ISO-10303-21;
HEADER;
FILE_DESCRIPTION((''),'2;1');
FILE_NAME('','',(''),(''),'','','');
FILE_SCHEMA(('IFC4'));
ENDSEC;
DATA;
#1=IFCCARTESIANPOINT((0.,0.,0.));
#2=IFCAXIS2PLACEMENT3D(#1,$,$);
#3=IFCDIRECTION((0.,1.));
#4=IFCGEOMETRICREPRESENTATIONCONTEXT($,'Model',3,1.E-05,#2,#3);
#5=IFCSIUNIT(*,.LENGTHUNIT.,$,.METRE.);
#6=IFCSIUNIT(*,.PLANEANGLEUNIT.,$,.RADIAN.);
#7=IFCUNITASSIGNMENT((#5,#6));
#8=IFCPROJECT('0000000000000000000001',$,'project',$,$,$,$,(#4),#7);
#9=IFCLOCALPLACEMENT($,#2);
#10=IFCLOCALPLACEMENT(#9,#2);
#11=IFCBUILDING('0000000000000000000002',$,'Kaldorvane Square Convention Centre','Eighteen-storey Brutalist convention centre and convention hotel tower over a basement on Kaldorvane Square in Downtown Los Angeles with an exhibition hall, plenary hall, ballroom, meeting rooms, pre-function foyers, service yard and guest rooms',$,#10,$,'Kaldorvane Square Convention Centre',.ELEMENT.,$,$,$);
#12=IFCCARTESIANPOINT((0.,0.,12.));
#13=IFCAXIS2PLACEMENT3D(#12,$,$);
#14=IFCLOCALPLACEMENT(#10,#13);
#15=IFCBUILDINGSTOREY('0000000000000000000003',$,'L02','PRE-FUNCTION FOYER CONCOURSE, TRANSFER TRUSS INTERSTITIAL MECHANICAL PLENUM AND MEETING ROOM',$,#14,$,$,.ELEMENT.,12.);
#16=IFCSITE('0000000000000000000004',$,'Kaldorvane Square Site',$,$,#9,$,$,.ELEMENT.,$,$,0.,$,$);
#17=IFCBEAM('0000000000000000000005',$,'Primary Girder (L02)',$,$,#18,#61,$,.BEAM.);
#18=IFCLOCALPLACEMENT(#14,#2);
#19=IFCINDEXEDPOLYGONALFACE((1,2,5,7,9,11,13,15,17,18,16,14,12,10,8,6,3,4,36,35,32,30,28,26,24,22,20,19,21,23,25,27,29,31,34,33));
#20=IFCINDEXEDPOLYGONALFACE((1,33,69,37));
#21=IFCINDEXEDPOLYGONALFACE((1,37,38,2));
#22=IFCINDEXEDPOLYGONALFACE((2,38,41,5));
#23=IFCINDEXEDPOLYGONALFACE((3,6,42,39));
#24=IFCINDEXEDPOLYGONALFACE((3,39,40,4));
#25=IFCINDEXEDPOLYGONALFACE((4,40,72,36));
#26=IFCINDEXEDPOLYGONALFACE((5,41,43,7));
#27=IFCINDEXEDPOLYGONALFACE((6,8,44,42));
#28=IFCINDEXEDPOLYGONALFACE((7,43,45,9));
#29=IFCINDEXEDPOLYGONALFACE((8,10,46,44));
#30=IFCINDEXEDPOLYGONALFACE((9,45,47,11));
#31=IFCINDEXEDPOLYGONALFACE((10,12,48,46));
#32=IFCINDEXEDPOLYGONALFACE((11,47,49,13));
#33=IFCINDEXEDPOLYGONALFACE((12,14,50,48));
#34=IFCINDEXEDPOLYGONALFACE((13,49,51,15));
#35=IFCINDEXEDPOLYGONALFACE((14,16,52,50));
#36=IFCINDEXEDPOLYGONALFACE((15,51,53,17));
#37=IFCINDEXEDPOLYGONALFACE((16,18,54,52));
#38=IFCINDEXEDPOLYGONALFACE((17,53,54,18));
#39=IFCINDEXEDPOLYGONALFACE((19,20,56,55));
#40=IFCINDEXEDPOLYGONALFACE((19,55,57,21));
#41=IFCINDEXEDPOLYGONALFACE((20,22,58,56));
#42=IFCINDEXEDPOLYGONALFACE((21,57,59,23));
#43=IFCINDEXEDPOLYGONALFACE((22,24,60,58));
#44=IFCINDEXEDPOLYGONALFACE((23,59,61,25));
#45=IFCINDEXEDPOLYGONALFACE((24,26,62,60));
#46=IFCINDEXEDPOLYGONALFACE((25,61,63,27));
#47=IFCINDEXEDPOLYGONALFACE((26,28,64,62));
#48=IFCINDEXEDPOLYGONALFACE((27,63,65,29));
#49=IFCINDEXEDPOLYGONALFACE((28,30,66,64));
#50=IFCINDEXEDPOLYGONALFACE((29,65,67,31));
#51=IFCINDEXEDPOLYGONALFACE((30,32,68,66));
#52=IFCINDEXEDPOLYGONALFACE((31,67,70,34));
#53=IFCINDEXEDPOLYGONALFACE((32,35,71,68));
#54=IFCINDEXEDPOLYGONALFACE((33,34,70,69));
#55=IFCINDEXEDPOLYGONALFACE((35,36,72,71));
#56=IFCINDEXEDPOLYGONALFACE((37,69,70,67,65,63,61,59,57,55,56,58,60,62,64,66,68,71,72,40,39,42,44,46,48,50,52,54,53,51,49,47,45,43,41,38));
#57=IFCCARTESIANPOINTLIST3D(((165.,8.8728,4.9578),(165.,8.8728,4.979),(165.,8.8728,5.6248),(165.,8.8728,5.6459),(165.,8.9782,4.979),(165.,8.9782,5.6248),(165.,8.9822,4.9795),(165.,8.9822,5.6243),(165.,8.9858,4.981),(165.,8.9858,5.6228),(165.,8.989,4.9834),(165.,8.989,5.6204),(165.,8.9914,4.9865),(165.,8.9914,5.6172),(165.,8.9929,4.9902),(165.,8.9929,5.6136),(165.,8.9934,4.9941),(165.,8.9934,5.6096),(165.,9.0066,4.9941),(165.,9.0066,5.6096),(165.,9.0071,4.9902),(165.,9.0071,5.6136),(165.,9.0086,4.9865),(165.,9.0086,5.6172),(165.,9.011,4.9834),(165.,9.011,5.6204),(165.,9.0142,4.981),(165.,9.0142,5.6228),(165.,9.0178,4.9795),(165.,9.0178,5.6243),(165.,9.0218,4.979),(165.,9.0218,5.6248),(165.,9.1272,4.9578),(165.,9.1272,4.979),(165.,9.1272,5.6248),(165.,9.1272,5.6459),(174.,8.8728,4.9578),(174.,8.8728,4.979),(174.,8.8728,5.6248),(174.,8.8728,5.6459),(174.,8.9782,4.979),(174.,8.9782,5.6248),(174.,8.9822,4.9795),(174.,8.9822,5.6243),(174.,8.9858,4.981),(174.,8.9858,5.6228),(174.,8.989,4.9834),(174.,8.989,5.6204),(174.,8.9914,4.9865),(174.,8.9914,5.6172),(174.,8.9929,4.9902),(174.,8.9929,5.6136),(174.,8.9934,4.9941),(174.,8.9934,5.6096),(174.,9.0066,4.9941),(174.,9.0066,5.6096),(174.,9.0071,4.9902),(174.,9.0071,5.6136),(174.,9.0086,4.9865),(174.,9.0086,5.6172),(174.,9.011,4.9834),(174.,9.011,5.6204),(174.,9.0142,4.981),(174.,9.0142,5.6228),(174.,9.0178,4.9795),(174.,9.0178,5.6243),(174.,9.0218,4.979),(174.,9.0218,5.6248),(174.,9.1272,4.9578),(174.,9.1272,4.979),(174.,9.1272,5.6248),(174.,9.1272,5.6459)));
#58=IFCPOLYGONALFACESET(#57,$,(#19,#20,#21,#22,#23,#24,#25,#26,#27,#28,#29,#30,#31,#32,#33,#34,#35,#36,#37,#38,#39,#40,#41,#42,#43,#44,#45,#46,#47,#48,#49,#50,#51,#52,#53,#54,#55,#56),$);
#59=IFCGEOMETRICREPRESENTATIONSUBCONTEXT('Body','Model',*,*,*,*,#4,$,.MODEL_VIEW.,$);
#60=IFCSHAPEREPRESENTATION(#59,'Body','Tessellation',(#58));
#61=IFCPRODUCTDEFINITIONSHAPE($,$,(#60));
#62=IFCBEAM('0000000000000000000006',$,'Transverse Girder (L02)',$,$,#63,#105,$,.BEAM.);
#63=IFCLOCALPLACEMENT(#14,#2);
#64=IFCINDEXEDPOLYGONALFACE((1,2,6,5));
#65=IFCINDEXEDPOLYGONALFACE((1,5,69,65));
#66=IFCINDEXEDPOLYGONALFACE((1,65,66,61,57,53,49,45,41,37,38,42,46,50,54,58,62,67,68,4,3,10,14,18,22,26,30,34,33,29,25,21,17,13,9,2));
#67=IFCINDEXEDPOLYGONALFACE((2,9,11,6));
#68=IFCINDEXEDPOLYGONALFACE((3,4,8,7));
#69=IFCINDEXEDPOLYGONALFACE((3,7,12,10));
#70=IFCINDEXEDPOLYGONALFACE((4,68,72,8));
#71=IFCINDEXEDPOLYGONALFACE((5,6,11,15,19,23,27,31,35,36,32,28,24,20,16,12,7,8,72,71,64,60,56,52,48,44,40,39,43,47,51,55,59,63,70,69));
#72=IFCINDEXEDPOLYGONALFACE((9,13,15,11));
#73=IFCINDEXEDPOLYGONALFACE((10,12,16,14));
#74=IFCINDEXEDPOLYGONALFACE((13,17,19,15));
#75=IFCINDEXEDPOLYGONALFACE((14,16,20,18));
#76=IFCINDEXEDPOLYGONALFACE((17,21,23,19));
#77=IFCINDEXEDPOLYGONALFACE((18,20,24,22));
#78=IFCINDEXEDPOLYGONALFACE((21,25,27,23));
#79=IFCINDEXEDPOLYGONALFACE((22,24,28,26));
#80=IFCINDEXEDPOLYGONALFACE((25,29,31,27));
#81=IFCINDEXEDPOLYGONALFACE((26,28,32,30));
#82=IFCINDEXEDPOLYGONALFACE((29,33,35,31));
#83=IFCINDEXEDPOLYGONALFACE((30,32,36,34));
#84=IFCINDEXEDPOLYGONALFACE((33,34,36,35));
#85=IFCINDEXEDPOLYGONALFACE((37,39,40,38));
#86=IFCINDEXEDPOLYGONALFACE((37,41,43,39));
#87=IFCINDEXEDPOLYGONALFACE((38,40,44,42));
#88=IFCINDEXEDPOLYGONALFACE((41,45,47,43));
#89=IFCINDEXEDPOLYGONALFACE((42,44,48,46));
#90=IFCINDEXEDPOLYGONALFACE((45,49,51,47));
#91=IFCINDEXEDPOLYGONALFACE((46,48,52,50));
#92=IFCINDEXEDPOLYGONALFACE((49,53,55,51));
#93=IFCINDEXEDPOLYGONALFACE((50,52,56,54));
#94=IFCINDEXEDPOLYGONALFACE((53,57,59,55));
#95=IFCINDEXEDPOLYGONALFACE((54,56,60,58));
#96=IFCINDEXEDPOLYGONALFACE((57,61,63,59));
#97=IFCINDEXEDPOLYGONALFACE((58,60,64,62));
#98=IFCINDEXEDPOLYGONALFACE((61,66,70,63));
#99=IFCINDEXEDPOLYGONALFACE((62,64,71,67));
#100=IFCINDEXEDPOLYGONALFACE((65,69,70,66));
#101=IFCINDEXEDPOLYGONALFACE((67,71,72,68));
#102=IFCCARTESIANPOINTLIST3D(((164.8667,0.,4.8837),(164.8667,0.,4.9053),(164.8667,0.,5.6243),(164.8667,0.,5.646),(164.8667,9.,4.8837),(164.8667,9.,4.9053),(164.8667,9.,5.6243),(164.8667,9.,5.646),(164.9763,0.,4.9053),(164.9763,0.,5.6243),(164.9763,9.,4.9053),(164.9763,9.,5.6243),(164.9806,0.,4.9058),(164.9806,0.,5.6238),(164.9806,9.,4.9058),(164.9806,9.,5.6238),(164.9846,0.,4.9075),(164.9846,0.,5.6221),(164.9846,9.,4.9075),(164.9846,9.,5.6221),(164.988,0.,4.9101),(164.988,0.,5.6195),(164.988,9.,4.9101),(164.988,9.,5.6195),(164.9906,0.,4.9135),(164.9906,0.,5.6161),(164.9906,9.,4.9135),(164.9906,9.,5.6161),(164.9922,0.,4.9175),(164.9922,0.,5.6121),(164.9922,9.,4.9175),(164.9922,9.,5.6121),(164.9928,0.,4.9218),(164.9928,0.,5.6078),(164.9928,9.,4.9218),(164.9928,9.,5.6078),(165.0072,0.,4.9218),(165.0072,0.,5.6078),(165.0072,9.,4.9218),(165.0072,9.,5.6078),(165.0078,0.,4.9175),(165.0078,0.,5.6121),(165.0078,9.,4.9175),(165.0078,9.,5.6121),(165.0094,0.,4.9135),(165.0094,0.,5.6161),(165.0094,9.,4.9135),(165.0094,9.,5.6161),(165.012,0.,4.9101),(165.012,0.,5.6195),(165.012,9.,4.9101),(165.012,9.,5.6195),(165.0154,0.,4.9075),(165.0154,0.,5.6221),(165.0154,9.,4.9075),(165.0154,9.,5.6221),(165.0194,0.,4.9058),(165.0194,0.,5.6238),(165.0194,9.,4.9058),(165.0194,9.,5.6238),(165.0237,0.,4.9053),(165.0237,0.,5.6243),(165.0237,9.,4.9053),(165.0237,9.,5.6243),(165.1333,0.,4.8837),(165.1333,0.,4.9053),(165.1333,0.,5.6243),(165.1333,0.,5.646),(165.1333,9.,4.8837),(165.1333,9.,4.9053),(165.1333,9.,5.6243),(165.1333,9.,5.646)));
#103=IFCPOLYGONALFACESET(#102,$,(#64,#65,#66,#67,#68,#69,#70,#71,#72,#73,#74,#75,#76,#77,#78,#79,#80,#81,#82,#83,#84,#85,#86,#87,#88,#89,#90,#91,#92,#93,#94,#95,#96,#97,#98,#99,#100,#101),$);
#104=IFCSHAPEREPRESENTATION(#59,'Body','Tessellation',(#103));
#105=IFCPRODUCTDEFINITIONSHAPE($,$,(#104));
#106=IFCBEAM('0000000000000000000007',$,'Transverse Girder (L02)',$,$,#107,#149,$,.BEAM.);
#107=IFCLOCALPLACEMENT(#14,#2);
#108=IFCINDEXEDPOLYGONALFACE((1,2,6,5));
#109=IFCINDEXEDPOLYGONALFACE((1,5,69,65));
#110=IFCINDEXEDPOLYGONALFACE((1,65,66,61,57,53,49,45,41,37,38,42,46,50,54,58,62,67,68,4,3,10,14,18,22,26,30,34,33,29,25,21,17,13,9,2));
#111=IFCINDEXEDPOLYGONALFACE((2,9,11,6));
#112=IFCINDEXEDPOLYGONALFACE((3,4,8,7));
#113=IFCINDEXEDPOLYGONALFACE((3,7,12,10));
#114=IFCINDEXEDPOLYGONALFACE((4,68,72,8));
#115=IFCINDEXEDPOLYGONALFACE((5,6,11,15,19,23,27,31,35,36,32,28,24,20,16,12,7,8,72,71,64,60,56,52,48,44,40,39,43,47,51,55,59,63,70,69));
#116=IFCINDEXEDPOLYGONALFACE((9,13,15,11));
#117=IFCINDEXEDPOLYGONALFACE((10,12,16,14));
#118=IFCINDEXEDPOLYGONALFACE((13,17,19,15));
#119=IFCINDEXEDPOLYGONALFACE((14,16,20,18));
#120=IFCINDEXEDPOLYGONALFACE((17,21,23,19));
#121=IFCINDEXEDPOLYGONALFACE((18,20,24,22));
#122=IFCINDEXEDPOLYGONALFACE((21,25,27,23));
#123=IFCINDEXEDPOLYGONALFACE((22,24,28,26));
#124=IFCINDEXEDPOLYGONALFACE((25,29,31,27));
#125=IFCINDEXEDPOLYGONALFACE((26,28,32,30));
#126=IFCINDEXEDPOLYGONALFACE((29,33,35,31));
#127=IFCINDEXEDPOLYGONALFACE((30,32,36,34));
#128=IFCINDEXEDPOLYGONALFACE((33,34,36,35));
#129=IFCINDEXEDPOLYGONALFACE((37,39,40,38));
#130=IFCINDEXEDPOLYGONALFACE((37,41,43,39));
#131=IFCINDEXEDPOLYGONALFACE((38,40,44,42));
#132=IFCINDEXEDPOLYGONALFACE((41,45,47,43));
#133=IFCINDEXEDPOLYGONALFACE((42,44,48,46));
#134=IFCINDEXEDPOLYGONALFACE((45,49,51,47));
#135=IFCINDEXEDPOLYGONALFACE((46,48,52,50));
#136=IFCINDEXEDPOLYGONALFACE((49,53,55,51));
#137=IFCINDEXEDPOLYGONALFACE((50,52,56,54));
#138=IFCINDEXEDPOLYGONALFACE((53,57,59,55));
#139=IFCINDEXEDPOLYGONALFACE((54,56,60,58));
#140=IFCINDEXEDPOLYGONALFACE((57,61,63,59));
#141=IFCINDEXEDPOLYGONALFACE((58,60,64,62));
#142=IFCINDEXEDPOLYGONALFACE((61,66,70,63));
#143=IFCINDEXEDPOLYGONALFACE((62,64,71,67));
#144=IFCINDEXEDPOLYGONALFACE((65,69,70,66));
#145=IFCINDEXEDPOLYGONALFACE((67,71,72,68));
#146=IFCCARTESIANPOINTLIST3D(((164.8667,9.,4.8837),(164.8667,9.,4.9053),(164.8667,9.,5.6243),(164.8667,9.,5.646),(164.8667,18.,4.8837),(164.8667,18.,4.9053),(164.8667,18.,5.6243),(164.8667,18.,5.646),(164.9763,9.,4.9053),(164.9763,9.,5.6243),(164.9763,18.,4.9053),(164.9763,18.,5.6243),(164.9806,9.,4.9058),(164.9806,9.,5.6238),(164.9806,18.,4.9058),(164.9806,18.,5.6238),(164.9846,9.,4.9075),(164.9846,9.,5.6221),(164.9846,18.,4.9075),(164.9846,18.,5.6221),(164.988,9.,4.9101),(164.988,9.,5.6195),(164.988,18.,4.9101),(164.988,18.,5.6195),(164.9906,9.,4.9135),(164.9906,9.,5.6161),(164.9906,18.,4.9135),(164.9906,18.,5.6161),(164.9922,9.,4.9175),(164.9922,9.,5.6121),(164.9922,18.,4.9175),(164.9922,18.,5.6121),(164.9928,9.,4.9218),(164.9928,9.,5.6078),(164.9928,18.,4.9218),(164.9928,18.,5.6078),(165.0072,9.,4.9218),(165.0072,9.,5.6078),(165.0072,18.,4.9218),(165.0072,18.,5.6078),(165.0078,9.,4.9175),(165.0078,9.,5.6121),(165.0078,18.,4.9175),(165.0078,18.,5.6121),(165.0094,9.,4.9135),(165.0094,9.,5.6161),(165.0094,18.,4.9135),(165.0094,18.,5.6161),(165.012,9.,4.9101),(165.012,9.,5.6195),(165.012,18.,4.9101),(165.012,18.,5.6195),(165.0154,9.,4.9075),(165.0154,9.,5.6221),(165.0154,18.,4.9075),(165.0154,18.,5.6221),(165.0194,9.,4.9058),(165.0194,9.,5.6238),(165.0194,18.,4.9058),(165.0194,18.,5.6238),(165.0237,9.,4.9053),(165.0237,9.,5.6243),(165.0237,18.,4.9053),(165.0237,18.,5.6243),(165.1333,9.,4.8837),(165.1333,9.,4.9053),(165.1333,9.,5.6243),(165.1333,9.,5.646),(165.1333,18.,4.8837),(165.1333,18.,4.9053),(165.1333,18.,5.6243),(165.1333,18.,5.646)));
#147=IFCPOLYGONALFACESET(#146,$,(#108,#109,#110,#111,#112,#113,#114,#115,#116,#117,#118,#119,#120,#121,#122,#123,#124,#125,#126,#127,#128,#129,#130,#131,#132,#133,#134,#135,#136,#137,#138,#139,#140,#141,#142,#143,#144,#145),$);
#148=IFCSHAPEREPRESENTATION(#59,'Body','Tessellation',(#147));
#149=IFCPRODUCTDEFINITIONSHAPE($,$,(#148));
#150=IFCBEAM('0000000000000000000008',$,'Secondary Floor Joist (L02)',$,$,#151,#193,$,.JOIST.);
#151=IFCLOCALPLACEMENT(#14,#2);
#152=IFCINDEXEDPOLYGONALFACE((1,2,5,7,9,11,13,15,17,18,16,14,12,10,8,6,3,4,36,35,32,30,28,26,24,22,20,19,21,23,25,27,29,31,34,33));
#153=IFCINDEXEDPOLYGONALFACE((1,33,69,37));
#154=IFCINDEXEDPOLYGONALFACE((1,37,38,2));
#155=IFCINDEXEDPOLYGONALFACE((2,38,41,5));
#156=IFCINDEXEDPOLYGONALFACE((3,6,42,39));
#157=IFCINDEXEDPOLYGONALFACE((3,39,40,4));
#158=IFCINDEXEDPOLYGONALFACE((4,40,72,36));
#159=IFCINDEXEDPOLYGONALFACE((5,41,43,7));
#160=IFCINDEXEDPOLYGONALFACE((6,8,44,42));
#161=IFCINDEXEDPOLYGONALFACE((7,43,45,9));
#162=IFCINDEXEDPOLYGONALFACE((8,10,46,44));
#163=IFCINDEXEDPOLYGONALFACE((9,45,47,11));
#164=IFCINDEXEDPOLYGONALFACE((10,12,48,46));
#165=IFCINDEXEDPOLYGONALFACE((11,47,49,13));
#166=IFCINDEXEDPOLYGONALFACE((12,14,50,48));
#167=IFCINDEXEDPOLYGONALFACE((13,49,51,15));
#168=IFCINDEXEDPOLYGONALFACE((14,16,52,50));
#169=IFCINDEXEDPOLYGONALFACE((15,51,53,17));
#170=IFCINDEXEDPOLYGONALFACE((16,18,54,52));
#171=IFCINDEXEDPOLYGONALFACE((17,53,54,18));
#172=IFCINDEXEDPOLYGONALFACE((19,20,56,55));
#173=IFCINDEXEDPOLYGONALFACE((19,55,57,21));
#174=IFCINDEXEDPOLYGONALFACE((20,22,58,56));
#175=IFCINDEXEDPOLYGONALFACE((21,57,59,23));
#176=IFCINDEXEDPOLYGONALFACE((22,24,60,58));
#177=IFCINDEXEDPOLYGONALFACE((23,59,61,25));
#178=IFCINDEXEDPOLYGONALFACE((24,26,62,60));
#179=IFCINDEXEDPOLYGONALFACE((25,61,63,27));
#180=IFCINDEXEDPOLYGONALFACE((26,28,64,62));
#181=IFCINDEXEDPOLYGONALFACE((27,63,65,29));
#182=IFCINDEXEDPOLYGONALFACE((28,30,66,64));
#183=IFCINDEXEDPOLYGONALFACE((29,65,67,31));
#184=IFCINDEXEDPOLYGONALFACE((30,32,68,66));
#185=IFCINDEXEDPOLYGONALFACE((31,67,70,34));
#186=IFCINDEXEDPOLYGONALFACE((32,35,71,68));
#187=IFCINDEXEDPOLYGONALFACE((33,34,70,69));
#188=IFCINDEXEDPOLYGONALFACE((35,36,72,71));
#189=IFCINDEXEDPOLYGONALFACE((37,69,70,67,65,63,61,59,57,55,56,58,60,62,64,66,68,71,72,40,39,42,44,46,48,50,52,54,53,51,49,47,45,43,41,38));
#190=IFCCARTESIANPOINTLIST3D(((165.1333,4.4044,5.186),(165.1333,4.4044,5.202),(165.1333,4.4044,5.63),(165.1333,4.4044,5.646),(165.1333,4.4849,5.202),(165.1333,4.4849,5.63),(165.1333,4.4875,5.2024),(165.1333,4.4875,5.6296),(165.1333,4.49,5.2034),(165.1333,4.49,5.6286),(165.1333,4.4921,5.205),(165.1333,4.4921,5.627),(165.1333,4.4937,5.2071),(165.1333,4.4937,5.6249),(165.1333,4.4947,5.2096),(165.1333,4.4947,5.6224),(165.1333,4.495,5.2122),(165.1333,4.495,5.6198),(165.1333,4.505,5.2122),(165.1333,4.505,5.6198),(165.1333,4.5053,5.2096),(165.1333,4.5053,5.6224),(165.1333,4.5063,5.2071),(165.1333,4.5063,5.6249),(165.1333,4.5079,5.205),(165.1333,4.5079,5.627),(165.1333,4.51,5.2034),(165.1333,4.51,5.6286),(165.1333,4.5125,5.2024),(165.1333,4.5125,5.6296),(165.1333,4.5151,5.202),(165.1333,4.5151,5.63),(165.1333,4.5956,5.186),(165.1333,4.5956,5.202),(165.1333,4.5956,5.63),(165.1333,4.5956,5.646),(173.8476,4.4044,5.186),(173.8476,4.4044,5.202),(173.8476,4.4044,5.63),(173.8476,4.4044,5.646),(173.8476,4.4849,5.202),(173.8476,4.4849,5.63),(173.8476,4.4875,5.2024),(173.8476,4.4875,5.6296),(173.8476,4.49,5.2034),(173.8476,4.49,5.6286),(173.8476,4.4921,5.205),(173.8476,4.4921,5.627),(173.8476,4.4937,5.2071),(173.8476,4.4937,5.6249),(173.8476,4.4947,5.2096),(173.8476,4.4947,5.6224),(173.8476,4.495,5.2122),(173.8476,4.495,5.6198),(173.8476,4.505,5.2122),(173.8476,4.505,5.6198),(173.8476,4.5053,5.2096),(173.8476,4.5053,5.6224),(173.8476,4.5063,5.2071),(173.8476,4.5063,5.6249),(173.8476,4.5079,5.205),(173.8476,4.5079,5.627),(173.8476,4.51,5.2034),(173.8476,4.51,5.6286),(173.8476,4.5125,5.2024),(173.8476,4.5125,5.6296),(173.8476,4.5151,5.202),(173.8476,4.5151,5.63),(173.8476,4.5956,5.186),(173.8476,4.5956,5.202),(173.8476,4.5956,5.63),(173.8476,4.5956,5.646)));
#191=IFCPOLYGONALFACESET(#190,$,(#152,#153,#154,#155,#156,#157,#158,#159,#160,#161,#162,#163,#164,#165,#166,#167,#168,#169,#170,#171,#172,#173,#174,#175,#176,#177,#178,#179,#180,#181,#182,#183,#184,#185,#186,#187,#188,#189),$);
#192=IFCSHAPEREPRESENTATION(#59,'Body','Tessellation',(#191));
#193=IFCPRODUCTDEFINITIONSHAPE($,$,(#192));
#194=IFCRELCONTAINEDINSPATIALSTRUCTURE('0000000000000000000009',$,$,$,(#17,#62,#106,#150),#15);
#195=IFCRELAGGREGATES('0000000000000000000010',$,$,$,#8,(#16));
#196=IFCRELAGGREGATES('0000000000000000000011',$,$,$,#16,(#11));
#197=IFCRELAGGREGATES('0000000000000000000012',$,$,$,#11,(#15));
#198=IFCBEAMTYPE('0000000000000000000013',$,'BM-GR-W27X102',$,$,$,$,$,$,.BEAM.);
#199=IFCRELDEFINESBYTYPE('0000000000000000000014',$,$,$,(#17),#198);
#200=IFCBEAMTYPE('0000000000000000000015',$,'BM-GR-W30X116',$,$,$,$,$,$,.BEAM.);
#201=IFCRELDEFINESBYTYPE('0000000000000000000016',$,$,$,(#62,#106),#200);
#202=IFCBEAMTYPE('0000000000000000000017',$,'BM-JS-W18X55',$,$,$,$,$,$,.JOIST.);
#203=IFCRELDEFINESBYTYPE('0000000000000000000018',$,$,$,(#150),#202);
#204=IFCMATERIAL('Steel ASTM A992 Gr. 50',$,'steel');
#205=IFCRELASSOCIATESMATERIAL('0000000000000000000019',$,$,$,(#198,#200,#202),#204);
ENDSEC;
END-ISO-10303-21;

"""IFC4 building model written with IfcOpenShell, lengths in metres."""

from ifc_helpers import new_model, si_unit, direction, frame, origin, origin_2d, place, context, subcontext, project, spatial, i_section, extrude, material, material_profile, profile_set, type_object, element, save


model = new_model("IFC4")

# Units and contexts
model_context = context("Model", 3, precision=1e-05, world=origin(), true_north=direction((0.0, 1.0)))
body_context = subcontext(model_context, "Body", "Model", "MODEL_VIEW")
ifc_project = project(units=[si_unit("LENGTHUNIT", "METRE"), si_unit("PLANEANGLEUNIT", "RADIAN")], contexts=[model_context])

# Site, building, storey
site_placement = place(None, origin())
site = spatial("IfcSite", under=ifc_project, at=site_placement, Name="Kaldorvane Square Site", CompositionType="ELEMENT", RefElevation=0.0)
building_placement = place(site_placement, origin())
building = spatial("IfcBuilding", under=site, at=building_placement, Name="Kaldorvane Square Convention Centre", Description="Eighteen-storey Brutalist convention centre and convention hotel tower over a basement on Kaldorvane Square in Downtown Los Angeles with an exhibition hall, plenary hall, ballroom, meeting rooms, pre-function foyers, service yard and guest rooms", LongName="Kaldorvane Square Convention Centre", CompositionType="ELEMENT")
storey_placement = place(building_placement, frame((0.0, 0.0, 12.0)))
storey = spatial("IfcBuildingStorey", under=building, at=storey_placement, Name="L02", Description="PRE-FUNCTION FOYER CONCOURSE, TRANSFER TRUSS INTERSTITIAL MECHANICAL PLENUM AND MEETING ROOM", CompositionType="ELEMENT", Elevation=12.0)

# Shared definitions
ifc_material_1 = material(Name="Steel ASTM A992 Gr. 50", Category="steel")

# Beams
ifc_material_profile_1 = material_profile(ifc_material_1, i_section(OverallWidth=0.2544, OverallDepth=0.6881, WebThickness=0.0131, FlangeThickness=0.0211, FilletRadius=0.0152, at=origin_2d()), Name="W27X102")
ifc_profile_set_1 = profile_set([ifc_material_profile_1], Name="Steel ASTM A992 Gr. 50")
beam_type_1 = type_object("IfcBeamType", Name="BM-GR-W27X102", PredefinedType="BEAM", material=ifc_profile_set_1)
beam_1_placement = place(storey_placement, frame((165.0, 9.0, 5.3019), z_axis=(1.0, 0.0, 0.0), x_axis=(0.0, 1.0, 0.0)))
element("IfcBeam", 1, at=beam_1_placement, inside=storey, type_object=beam_type_1, Name="Primary Girder (L02)", PredefinedType="BEAM", context=body_context, shape_type="SweptSolid", body=[
    extrude(i_section(OverallWidth=0.2544, OverallDepth=0.6881, WebThickness=0.0131, FlangeThickness=0.0211, FilletRadius=0.0152, at=origin_2d()), origin(), (0.0, 0.0, 1.0), 9.0),
])
ifc_material_profile_2 = material_profile(ifc_material_1, i_section(OverallWidth=0.2666, OverallDepth=0.7623, WebThickness=0.0144, FlangeThickness=0.0216, FilletRadius=0.0165, at=origin_2d()), Name="W30X116")
ifc_profile_set_2 = profile_set([ifc_material_profile_2], Name="Steel ASTM A992 Gr. 50")
beam_type_2 = type_object("IfcBeamType", Name="BM-GR-W30X116", PredefinedType="BEAM", material=ifc_profile_set_2)
for number, where, z_axis, x_axis, name in (
    (2, (165.0, 0.0, 5.2648), (0.0, 1.0, 0.0), (-1.0, 0.0, 0.0), "Transverse Girder (L02)"),
    (3, (165.0, 9.0, 5.2648), (0.0, 1.0, 0.0), (-1.0, 0.0, 0.0), "Transverse Girder (L02)"),
):
    element("IfcBeam", number, at=place(storey_placement, frame(where, z_axis=z_axis, x_axis=x_axis)), inside=storey, type_object=beam_type_2, Name=name, PredefinedType="BEAM", context=body_context, shape_type="SweptSolid", body=[
        extrude(i_section(OverallWidth=0.2666, OverallDepth=0.7623, WebThickness=0.0144, FlangeThickness=0.0216, FilletRadius=0.0165, at=origin_2d()), origin(), (0.0, 0.0, 1.0), 9.0),
    ])
ifc_material_profile_3 = material_profile(ifc_material_1, i_section(OverallWidth=0.1913, OverallDepth=0.46, WebThickness=0.0099, FlangeThickness=0.016, FilletRadius=0.0102, at=origin_2d()), Name="W18X55")
ifc_profile_set_3 = profile_set([ifc_material_profile_3], Name="Steel ASTM A992 Gr. 50")
beam_type_3 = type_object("IfcBeamType", Name="BM-JS-W18X55", PredefinedType="JOIST", material=ifc_profile_set_3)
beam_2_placement = place(storey_placement, frame((165.1333, 4.5, 5.416), z_axis=(1.0, 0.0, 0.0), x_axis=(0.0, 1.0, 0.0)))
element("IfcBeam", 4, at=beam_2_placement, inside=storey, type_object=beam_type_3, Name="Secondary Floor Joist (L02)", PredefinedType="JOIST", context=body_context, shape_type="SweptSolid", body=[
    extrude(i_section(OverallWidth=0.1913, OverallDepth=0.46, WebThickness=0.0099, FlangeThickness=0.016, FilletRadius=0.0102, at=origin_2d()), origin(), (0.0, 0.0, 1.0), 8.7143),
])

save(model, "model.ifc")
